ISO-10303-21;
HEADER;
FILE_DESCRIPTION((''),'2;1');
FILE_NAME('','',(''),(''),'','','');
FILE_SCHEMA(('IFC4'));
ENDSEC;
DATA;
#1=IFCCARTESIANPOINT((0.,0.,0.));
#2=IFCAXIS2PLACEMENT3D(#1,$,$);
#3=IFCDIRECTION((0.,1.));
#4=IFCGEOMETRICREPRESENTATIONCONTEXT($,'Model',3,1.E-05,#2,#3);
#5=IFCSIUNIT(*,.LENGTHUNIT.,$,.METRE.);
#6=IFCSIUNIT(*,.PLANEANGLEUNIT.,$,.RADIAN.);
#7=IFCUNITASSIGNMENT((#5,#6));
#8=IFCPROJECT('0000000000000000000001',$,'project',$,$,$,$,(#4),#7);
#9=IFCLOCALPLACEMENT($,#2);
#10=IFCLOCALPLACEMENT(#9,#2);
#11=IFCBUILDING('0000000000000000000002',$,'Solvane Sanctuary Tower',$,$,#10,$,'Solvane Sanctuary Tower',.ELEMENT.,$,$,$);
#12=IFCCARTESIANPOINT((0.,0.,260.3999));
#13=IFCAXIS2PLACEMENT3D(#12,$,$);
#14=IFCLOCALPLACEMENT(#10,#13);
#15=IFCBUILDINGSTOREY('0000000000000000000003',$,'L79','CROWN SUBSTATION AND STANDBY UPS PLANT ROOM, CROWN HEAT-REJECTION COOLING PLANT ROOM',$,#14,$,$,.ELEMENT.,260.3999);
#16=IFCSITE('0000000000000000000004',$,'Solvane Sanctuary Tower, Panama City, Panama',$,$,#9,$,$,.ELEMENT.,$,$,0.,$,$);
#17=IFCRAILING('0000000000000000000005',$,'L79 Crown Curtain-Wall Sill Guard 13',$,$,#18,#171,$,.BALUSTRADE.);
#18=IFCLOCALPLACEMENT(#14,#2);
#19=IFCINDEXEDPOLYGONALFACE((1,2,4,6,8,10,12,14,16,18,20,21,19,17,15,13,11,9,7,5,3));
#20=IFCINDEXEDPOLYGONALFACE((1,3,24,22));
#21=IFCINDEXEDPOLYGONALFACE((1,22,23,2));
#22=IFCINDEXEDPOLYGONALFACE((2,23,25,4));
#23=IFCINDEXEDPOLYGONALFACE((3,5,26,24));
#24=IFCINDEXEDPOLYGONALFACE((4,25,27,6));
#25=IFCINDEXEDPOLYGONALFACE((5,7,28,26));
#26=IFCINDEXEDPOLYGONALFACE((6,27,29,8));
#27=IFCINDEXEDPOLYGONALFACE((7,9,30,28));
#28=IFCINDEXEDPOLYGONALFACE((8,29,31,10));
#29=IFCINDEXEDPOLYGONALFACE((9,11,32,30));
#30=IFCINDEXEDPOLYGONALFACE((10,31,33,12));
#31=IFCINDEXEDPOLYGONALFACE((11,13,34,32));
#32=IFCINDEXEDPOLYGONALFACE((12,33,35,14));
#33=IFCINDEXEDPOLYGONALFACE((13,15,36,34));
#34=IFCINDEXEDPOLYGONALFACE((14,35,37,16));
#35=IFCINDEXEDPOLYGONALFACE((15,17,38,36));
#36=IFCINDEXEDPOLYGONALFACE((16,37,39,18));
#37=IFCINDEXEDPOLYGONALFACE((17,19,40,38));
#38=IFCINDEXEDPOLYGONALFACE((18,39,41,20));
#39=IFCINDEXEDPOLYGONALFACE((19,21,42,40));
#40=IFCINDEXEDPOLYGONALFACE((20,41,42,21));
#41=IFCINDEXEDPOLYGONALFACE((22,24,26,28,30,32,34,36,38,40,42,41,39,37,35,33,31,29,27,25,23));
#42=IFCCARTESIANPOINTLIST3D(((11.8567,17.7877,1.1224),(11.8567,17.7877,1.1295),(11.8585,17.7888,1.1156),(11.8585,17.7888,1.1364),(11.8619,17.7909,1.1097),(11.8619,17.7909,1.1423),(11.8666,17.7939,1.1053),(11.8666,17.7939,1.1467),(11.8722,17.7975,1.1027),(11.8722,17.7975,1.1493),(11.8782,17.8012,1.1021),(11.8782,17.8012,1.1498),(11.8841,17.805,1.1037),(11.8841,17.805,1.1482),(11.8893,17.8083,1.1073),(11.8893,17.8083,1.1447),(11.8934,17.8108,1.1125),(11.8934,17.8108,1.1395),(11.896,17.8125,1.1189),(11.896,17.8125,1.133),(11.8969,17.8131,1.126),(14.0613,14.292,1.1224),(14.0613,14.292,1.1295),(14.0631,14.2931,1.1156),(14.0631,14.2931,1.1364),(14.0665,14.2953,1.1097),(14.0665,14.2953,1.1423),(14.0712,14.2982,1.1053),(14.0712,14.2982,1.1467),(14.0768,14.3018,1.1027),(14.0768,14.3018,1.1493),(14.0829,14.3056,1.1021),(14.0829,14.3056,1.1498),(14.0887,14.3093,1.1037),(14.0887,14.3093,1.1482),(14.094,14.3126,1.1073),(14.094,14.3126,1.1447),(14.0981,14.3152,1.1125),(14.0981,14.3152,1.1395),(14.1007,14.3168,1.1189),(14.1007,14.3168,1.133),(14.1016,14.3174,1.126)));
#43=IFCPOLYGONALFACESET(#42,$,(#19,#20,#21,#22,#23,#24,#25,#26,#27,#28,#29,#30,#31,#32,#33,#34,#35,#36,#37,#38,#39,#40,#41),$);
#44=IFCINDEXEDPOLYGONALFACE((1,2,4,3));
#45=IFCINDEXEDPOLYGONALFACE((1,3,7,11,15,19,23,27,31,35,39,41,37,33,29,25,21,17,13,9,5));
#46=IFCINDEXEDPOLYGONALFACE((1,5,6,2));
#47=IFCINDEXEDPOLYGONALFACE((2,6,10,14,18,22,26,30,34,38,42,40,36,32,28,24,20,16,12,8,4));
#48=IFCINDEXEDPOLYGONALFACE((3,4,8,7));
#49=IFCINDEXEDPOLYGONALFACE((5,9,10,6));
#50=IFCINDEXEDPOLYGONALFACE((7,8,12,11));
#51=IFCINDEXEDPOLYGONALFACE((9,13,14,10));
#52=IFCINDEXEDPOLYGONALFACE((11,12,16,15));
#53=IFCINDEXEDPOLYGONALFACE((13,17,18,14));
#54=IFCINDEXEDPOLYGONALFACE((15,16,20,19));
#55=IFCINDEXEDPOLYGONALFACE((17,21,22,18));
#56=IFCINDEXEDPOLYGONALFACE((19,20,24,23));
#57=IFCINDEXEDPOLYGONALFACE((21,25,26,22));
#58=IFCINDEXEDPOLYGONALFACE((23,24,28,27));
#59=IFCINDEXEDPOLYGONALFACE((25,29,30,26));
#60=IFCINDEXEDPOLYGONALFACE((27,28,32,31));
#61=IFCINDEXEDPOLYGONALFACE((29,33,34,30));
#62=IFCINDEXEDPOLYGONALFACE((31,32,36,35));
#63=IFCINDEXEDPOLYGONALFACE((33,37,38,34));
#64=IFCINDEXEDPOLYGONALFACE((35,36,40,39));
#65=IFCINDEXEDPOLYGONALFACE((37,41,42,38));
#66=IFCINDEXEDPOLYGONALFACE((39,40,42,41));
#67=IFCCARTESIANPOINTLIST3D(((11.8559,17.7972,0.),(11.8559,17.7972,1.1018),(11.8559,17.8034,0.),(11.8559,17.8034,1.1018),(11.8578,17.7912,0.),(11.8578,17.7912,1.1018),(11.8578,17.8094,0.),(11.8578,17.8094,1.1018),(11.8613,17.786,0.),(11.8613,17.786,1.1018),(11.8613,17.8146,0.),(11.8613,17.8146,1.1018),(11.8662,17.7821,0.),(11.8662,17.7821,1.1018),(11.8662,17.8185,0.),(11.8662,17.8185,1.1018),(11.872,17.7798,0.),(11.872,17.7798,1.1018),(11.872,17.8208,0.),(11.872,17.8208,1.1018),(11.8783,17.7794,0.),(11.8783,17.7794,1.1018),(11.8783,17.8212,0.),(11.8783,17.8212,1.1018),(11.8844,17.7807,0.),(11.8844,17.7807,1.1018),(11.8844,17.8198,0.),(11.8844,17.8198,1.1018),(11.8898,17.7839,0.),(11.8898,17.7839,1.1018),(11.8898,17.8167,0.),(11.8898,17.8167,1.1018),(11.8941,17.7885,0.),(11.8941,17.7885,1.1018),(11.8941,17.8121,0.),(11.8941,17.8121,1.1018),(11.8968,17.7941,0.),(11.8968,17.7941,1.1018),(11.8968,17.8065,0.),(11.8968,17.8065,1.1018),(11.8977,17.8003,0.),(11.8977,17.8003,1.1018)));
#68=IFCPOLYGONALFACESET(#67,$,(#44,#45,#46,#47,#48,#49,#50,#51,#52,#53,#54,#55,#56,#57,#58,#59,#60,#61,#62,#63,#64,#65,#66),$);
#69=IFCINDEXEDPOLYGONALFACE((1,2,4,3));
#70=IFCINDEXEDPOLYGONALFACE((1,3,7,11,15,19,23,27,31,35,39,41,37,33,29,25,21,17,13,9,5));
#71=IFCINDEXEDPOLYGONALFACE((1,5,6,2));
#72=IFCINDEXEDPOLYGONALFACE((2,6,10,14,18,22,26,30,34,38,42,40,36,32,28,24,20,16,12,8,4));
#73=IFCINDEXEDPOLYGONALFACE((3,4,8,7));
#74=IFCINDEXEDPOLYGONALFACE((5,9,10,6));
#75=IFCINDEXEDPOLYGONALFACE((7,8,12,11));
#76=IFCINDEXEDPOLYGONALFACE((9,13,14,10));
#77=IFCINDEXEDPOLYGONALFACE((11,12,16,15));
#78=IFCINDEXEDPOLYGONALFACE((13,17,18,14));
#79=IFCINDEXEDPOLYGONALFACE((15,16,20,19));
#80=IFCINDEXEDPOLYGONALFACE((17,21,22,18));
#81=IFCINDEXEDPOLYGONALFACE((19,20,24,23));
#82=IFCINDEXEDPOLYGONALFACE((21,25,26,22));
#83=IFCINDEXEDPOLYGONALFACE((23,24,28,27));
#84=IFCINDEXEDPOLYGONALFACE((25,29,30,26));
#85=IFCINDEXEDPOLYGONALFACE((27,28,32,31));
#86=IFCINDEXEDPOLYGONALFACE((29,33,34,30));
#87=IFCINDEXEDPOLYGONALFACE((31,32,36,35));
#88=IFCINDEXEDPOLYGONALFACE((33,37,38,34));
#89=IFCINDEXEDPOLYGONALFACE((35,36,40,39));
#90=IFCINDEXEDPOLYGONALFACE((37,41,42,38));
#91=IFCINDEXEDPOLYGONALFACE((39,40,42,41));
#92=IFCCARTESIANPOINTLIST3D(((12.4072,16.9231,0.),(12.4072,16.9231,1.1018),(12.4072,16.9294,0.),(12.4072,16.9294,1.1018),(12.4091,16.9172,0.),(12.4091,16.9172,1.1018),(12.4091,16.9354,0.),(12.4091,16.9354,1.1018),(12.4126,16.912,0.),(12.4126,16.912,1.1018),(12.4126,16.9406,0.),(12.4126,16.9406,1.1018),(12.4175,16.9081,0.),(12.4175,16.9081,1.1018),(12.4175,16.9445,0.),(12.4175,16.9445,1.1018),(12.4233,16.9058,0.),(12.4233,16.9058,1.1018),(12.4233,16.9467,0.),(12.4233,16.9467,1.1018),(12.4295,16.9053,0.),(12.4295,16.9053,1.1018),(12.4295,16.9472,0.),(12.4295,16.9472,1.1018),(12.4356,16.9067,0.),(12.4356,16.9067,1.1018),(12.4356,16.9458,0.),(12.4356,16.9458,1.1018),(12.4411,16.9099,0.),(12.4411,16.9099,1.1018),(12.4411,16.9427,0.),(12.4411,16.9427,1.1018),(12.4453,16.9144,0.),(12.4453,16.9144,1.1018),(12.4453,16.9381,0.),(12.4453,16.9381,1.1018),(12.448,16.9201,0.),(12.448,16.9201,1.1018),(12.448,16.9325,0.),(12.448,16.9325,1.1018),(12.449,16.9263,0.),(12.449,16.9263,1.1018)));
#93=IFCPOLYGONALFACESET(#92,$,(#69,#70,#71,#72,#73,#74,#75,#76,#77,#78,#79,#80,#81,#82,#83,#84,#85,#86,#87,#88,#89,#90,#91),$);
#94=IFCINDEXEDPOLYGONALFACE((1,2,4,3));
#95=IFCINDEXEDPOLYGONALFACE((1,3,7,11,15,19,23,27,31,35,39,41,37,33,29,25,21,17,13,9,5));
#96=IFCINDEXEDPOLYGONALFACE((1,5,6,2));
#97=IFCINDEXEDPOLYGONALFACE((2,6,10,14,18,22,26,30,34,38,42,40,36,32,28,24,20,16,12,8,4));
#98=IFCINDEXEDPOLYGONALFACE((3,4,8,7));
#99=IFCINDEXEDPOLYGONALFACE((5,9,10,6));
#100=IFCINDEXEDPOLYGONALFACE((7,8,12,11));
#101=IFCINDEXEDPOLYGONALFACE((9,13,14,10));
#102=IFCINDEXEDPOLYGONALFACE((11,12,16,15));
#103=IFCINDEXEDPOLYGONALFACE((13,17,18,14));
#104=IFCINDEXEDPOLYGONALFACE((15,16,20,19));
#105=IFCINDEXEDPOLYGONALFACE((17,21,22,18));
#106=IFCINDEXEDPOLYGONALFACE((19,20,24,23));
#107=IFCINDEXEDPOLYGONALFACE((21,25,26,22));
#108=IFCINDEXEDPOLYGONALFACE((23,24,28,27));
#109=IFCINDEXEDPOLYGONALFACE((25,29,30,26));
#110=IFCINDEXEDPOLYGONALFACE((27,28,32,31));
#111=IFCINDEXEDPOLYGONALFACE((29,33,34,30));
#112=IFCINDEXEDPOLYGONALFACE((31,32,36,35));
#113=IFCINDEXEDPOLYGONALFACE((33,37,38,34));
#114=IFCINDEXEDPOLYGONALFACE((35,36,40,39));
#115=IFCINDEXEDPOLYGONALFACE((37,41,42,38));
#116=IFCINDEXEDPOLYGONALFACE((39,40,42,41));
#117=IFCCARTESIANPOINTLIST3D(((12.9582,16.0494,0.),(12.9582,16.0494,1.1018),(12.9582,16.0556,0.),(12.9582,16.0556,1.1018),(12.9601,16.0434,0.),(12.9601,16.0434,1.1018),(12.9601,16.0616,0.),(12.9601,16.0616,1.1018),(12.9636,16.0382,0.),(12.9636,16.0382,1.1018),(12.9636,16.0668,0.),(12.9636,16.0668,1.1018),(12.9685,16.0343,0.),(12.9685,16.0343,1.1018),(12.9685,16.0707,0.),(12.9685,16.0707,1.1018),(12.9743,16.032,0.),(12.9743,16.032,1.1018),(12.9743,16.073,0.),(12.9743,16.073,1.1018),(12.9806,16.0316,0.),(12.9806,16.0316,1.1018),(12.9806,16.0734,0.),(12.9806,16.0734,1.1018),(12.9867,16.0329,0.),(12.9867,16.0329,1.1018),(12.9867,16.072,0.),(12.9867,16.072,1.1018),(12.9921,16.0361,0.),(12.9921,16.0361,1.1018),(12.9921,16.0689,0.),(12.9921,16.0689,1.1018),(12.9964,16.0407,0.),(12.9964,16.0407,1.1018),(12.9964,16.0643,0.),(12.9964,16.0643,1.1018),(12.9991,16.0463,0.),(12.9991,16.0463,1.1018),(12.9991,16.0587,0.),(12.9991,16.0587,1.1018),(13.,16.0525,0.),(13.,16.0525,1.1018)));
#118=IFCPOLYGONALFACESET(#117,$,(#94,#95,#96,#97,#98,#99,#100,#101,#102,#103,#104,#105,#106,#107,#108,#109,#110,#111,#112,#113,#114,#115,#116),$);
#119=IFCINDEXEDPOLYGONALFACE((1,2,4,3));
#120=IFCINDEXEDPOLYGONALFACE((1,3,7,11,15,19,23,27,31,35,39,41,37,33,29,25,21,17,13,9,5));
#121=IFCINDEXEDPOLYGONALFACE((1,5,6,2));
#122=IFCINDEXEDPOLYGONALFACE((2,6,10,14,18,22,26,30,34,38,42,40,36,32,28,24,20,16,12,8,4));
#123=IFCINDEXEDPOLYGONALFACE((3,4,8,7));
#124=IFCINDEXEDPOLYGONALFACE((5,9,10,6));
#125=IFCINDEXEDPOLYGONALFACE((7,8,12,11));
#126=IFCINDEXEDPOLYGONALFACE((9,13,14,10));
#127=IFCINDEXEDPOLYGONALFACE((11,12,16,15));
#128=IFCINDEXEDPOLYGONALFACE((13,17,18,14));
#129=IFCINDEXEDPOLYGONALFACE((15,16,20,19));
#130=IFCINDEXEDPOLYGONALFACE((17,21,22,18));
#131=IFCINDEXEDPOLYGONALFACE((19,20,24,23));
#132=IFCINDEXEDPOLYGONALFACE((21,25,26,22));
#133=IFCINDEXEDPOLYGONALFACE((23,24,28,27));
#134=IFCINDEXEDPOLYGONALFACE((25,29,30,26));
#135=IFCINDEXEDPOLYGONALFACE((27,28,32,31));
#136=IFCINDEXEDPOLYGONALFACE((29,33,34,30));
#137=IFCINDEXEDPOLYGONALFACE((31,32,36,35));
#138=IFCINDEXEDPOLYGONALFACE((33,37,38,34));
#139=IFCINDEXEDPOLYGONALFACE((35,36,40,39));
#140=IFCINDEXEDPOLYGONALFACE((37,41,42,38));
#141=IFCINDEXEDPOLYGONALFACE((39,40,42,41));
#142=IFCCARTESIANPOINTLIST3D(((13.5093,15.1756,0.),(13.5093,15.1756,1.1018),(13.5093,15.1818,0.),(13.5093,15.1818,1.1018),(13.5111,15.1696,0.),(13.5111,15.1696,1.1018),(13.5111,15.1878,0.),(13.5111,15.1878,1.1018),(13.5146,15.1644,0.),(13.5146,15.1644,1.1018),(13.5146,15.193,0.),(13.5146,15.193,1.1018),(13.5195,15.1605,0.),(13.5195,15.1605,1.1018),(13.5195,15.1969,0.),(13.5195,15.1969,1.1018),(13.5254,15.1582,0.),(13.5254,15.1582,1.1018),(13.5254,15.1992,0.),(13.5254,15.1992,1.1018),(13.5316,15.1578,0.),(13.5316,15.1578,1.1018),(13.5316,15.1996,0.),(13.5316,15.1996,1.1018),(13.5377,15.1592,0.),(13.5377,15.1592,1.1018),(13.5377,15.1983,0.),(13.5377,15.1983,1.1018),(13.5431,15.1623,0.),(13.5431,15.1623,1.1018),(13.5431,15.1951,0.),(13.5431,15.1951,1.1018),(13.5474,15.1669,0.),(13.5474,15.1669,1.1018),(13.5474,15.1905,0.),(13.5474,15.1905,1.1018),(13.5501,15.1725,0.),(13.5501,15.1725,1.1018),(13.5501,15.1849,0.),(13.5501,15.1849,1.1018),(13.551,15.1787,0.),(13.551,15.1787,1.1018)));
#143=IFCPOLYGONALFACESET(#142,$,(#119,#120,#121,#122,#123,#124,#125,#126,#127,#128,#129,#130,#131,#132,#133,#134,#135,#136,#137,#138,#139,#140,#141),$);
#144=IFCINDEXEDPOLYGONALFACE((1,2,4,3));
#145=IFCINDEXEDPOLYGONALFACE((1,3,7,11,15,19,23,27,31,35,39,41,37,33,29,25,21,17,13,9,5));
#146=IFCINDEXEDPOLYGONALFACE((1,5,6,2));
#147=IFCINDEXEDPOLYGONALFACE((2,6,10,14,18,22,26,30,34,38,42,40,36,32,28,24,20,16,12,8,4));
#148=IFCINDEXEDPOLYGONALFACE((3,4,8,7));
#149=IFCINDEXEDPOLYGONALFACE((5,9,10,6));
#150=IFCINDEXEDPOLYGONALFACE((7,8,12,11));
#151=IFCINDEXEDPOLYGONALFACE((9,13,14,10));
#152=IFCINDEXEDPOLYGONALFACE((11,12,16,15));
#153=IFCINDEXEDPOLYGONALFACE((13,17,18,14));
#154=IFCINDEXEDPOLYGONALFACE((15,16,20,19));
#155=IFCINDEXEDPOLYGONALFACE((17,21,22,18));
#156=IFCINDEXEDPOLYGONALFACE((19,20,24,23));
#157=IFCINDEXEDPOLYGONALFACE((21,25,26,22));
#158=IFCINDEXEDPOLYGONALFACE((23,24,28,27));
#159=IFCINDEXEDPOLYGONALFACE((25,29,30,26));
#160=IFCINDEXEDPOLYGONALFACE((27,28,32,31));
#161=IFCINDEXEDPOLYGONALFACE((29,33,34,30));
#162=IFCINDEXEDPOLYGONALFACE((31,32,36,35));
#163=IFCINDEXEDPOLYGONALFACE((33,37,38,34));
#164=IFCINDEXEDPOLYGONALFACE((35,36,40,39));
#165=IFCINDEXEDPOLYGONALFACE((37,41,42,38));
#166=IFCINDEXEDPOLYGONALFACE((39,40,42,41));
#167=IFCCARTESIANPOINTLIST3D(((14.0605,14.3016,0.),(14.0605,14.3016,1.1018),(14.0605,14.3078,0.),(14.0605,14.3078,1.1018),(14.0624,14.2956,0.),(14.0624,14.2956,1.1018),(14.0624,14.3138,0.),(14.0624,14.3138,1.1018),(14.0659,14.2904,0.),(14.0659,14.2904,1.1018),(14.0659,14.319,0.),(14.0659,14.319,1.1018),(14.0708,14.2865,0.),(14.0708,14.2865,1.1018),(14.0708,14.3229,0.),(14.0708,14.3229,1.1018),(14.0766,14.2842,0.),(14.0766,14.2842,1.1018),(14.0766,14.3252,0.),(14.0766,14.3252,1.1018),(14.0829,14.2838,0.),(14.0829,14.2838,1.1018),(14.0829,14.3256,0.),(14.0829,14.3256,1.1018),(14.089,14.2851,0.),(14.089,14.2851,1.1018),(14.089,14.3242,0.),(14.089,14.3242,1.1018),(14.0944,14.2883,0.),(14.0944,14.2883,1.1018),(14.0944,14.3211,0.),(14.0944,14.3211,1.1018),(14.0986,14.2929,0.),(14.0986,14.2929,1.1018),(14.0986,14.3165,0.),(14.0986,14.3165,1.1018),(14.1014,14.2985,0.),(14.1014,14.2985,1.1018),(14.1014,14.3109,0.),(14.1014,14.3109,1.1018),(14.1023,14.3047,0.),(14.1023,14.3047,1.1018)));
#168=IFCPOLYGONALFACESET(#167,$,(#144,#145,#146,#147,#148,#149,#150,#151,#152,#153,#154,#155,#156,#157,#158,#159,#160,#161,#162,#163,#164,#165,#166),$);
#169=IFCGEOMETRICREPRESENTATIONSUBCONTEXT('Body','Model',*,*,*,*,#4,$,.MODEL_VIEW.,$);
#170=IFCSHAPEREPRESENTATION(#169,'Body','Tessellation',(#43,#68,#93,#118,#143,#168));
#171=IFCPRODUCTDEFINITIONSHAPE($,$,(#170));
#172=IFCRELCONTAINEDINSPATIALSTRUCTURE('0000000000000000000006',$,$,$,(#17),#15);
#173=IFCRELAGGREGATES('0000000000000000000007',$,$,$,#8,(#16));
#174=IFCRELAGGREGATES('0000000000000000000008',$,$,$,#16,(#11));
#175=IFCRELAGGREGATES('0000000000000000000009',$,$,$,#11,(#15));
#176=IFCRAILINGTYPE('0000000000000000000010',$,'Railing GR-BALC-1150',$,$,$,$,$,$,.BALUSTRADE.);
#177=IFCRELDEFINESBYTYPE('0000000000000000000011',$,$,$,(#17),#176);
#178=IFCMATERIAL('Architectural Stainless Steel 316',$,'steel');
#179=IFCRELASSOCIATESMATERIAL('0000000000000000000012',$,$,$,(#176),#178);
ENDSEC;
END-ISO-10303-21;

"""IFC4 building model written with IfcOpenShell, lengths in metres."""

from ifc_helpers import new_model, si_unit, direction, frame, origin, origin_2d, place, context, subcontext, project, spatial, circle, extrude, material, type_object, element, save


model = new_model("IFC4")

# Units and contexts
model_context = context("Model", 3, precision=1e-05, world=origin(), true_north=direction((0.0, 1.0)))
body_context = subcontext(model_context, "Body", "Model", "MODEL_VIEW")
ifc_project = project(units=[si_unit("LENGTHUNIT", "METRE"), si_unit("PLANEANGLEUNIT", "RADIAN")], contexts=[model_context])

# Site, building, storey
site_placement = place(None, origin())
site = spatial("IfcSite", under=ifc_project, at=site_placement, Name="Solvane Sanctuary Tower, Panama City, Panama", CompositionType="ELEMENT", RefElevation=0.0)
building_placement = place(site_placement, origin())
building = spatial("IfcBuilding", under=site, at=building_placement, Name="Solvane Sanctuary Tower", LongName="Solvane Sanctuary Tower", CompositionType="ELEMENT")
storey_placement = place(building_placement, frame((0.0, 0.0, 260.3999)))
storey = spatial("IfcBuildingStorey", under=building, at=storey_placement, Name="L79", Description="CROWN SUBSTATION AND STANDBY UPS PLANT ROOM, CROWN HEAT-REJECTION COOLING PLANT ROOM", CompositionType="ELEMENT", Elevation=260.3999)

# Shared definitions
ifc_material_1 = material(Name="Architectural Stainless Steel 316", Category="steel")

# Railing
railing_type = type_object("IfcRailingType", Name="Railing GR-BALC-1150", PredefinedType="BALUSTRADE", material=ifc_material_1)
railing_1_placement = place(storey_placement, frame((11.8767, 17.8003, 0.0)))
element("IfcRailing", 1, at=railing_1_placement, inside=storey, type_object=railing_type, Name="L79 Crown Curtain-Wall Sill Guard 13", PredefinedType="BALUSTRADE", context=body_context, shape_type="SweptSolid", body=[
    extrude(circle(Radius=0.0239, at=origin_2d()), frame((0.0, 0.0, 1.126), z_axis=(0.533446, -0.845834, 0.0), x_axis=(0.845834, 0.533446, 0.0)), (0.0, 0.0, 1.0), 4.1328),
    extrude(circle(Radius=0.021, at=origin_2d()), origin(), (0.0, 0.0, 1.0), 1.1018),
    extrude(circle(Radius=0.021, at=origin_2d()), frame((0.5513, -0.874, 0.0)), (0.0, 0.0, 1.0), 1.1018),
    extrude(circle(Radius=0.021, at=origin_2d()), frame((1.1023, -1.7478, 0.0)), (0.0, 0.0, 1.0), 1.1018),
    extrude(circle(Radius=0.021, at=origin_2d()), frame((1.6533, -2.6216, 0.0)), (0.0, 0.0, 1.0), 1.1018),
    extrude(circle(Radius=0.021, at=origin_2d()), frame((2.2046, -3.4956, 0.0)), (0.0, 0.0, 1.0), 1.1018),
])

save(model, "model.ifc")
